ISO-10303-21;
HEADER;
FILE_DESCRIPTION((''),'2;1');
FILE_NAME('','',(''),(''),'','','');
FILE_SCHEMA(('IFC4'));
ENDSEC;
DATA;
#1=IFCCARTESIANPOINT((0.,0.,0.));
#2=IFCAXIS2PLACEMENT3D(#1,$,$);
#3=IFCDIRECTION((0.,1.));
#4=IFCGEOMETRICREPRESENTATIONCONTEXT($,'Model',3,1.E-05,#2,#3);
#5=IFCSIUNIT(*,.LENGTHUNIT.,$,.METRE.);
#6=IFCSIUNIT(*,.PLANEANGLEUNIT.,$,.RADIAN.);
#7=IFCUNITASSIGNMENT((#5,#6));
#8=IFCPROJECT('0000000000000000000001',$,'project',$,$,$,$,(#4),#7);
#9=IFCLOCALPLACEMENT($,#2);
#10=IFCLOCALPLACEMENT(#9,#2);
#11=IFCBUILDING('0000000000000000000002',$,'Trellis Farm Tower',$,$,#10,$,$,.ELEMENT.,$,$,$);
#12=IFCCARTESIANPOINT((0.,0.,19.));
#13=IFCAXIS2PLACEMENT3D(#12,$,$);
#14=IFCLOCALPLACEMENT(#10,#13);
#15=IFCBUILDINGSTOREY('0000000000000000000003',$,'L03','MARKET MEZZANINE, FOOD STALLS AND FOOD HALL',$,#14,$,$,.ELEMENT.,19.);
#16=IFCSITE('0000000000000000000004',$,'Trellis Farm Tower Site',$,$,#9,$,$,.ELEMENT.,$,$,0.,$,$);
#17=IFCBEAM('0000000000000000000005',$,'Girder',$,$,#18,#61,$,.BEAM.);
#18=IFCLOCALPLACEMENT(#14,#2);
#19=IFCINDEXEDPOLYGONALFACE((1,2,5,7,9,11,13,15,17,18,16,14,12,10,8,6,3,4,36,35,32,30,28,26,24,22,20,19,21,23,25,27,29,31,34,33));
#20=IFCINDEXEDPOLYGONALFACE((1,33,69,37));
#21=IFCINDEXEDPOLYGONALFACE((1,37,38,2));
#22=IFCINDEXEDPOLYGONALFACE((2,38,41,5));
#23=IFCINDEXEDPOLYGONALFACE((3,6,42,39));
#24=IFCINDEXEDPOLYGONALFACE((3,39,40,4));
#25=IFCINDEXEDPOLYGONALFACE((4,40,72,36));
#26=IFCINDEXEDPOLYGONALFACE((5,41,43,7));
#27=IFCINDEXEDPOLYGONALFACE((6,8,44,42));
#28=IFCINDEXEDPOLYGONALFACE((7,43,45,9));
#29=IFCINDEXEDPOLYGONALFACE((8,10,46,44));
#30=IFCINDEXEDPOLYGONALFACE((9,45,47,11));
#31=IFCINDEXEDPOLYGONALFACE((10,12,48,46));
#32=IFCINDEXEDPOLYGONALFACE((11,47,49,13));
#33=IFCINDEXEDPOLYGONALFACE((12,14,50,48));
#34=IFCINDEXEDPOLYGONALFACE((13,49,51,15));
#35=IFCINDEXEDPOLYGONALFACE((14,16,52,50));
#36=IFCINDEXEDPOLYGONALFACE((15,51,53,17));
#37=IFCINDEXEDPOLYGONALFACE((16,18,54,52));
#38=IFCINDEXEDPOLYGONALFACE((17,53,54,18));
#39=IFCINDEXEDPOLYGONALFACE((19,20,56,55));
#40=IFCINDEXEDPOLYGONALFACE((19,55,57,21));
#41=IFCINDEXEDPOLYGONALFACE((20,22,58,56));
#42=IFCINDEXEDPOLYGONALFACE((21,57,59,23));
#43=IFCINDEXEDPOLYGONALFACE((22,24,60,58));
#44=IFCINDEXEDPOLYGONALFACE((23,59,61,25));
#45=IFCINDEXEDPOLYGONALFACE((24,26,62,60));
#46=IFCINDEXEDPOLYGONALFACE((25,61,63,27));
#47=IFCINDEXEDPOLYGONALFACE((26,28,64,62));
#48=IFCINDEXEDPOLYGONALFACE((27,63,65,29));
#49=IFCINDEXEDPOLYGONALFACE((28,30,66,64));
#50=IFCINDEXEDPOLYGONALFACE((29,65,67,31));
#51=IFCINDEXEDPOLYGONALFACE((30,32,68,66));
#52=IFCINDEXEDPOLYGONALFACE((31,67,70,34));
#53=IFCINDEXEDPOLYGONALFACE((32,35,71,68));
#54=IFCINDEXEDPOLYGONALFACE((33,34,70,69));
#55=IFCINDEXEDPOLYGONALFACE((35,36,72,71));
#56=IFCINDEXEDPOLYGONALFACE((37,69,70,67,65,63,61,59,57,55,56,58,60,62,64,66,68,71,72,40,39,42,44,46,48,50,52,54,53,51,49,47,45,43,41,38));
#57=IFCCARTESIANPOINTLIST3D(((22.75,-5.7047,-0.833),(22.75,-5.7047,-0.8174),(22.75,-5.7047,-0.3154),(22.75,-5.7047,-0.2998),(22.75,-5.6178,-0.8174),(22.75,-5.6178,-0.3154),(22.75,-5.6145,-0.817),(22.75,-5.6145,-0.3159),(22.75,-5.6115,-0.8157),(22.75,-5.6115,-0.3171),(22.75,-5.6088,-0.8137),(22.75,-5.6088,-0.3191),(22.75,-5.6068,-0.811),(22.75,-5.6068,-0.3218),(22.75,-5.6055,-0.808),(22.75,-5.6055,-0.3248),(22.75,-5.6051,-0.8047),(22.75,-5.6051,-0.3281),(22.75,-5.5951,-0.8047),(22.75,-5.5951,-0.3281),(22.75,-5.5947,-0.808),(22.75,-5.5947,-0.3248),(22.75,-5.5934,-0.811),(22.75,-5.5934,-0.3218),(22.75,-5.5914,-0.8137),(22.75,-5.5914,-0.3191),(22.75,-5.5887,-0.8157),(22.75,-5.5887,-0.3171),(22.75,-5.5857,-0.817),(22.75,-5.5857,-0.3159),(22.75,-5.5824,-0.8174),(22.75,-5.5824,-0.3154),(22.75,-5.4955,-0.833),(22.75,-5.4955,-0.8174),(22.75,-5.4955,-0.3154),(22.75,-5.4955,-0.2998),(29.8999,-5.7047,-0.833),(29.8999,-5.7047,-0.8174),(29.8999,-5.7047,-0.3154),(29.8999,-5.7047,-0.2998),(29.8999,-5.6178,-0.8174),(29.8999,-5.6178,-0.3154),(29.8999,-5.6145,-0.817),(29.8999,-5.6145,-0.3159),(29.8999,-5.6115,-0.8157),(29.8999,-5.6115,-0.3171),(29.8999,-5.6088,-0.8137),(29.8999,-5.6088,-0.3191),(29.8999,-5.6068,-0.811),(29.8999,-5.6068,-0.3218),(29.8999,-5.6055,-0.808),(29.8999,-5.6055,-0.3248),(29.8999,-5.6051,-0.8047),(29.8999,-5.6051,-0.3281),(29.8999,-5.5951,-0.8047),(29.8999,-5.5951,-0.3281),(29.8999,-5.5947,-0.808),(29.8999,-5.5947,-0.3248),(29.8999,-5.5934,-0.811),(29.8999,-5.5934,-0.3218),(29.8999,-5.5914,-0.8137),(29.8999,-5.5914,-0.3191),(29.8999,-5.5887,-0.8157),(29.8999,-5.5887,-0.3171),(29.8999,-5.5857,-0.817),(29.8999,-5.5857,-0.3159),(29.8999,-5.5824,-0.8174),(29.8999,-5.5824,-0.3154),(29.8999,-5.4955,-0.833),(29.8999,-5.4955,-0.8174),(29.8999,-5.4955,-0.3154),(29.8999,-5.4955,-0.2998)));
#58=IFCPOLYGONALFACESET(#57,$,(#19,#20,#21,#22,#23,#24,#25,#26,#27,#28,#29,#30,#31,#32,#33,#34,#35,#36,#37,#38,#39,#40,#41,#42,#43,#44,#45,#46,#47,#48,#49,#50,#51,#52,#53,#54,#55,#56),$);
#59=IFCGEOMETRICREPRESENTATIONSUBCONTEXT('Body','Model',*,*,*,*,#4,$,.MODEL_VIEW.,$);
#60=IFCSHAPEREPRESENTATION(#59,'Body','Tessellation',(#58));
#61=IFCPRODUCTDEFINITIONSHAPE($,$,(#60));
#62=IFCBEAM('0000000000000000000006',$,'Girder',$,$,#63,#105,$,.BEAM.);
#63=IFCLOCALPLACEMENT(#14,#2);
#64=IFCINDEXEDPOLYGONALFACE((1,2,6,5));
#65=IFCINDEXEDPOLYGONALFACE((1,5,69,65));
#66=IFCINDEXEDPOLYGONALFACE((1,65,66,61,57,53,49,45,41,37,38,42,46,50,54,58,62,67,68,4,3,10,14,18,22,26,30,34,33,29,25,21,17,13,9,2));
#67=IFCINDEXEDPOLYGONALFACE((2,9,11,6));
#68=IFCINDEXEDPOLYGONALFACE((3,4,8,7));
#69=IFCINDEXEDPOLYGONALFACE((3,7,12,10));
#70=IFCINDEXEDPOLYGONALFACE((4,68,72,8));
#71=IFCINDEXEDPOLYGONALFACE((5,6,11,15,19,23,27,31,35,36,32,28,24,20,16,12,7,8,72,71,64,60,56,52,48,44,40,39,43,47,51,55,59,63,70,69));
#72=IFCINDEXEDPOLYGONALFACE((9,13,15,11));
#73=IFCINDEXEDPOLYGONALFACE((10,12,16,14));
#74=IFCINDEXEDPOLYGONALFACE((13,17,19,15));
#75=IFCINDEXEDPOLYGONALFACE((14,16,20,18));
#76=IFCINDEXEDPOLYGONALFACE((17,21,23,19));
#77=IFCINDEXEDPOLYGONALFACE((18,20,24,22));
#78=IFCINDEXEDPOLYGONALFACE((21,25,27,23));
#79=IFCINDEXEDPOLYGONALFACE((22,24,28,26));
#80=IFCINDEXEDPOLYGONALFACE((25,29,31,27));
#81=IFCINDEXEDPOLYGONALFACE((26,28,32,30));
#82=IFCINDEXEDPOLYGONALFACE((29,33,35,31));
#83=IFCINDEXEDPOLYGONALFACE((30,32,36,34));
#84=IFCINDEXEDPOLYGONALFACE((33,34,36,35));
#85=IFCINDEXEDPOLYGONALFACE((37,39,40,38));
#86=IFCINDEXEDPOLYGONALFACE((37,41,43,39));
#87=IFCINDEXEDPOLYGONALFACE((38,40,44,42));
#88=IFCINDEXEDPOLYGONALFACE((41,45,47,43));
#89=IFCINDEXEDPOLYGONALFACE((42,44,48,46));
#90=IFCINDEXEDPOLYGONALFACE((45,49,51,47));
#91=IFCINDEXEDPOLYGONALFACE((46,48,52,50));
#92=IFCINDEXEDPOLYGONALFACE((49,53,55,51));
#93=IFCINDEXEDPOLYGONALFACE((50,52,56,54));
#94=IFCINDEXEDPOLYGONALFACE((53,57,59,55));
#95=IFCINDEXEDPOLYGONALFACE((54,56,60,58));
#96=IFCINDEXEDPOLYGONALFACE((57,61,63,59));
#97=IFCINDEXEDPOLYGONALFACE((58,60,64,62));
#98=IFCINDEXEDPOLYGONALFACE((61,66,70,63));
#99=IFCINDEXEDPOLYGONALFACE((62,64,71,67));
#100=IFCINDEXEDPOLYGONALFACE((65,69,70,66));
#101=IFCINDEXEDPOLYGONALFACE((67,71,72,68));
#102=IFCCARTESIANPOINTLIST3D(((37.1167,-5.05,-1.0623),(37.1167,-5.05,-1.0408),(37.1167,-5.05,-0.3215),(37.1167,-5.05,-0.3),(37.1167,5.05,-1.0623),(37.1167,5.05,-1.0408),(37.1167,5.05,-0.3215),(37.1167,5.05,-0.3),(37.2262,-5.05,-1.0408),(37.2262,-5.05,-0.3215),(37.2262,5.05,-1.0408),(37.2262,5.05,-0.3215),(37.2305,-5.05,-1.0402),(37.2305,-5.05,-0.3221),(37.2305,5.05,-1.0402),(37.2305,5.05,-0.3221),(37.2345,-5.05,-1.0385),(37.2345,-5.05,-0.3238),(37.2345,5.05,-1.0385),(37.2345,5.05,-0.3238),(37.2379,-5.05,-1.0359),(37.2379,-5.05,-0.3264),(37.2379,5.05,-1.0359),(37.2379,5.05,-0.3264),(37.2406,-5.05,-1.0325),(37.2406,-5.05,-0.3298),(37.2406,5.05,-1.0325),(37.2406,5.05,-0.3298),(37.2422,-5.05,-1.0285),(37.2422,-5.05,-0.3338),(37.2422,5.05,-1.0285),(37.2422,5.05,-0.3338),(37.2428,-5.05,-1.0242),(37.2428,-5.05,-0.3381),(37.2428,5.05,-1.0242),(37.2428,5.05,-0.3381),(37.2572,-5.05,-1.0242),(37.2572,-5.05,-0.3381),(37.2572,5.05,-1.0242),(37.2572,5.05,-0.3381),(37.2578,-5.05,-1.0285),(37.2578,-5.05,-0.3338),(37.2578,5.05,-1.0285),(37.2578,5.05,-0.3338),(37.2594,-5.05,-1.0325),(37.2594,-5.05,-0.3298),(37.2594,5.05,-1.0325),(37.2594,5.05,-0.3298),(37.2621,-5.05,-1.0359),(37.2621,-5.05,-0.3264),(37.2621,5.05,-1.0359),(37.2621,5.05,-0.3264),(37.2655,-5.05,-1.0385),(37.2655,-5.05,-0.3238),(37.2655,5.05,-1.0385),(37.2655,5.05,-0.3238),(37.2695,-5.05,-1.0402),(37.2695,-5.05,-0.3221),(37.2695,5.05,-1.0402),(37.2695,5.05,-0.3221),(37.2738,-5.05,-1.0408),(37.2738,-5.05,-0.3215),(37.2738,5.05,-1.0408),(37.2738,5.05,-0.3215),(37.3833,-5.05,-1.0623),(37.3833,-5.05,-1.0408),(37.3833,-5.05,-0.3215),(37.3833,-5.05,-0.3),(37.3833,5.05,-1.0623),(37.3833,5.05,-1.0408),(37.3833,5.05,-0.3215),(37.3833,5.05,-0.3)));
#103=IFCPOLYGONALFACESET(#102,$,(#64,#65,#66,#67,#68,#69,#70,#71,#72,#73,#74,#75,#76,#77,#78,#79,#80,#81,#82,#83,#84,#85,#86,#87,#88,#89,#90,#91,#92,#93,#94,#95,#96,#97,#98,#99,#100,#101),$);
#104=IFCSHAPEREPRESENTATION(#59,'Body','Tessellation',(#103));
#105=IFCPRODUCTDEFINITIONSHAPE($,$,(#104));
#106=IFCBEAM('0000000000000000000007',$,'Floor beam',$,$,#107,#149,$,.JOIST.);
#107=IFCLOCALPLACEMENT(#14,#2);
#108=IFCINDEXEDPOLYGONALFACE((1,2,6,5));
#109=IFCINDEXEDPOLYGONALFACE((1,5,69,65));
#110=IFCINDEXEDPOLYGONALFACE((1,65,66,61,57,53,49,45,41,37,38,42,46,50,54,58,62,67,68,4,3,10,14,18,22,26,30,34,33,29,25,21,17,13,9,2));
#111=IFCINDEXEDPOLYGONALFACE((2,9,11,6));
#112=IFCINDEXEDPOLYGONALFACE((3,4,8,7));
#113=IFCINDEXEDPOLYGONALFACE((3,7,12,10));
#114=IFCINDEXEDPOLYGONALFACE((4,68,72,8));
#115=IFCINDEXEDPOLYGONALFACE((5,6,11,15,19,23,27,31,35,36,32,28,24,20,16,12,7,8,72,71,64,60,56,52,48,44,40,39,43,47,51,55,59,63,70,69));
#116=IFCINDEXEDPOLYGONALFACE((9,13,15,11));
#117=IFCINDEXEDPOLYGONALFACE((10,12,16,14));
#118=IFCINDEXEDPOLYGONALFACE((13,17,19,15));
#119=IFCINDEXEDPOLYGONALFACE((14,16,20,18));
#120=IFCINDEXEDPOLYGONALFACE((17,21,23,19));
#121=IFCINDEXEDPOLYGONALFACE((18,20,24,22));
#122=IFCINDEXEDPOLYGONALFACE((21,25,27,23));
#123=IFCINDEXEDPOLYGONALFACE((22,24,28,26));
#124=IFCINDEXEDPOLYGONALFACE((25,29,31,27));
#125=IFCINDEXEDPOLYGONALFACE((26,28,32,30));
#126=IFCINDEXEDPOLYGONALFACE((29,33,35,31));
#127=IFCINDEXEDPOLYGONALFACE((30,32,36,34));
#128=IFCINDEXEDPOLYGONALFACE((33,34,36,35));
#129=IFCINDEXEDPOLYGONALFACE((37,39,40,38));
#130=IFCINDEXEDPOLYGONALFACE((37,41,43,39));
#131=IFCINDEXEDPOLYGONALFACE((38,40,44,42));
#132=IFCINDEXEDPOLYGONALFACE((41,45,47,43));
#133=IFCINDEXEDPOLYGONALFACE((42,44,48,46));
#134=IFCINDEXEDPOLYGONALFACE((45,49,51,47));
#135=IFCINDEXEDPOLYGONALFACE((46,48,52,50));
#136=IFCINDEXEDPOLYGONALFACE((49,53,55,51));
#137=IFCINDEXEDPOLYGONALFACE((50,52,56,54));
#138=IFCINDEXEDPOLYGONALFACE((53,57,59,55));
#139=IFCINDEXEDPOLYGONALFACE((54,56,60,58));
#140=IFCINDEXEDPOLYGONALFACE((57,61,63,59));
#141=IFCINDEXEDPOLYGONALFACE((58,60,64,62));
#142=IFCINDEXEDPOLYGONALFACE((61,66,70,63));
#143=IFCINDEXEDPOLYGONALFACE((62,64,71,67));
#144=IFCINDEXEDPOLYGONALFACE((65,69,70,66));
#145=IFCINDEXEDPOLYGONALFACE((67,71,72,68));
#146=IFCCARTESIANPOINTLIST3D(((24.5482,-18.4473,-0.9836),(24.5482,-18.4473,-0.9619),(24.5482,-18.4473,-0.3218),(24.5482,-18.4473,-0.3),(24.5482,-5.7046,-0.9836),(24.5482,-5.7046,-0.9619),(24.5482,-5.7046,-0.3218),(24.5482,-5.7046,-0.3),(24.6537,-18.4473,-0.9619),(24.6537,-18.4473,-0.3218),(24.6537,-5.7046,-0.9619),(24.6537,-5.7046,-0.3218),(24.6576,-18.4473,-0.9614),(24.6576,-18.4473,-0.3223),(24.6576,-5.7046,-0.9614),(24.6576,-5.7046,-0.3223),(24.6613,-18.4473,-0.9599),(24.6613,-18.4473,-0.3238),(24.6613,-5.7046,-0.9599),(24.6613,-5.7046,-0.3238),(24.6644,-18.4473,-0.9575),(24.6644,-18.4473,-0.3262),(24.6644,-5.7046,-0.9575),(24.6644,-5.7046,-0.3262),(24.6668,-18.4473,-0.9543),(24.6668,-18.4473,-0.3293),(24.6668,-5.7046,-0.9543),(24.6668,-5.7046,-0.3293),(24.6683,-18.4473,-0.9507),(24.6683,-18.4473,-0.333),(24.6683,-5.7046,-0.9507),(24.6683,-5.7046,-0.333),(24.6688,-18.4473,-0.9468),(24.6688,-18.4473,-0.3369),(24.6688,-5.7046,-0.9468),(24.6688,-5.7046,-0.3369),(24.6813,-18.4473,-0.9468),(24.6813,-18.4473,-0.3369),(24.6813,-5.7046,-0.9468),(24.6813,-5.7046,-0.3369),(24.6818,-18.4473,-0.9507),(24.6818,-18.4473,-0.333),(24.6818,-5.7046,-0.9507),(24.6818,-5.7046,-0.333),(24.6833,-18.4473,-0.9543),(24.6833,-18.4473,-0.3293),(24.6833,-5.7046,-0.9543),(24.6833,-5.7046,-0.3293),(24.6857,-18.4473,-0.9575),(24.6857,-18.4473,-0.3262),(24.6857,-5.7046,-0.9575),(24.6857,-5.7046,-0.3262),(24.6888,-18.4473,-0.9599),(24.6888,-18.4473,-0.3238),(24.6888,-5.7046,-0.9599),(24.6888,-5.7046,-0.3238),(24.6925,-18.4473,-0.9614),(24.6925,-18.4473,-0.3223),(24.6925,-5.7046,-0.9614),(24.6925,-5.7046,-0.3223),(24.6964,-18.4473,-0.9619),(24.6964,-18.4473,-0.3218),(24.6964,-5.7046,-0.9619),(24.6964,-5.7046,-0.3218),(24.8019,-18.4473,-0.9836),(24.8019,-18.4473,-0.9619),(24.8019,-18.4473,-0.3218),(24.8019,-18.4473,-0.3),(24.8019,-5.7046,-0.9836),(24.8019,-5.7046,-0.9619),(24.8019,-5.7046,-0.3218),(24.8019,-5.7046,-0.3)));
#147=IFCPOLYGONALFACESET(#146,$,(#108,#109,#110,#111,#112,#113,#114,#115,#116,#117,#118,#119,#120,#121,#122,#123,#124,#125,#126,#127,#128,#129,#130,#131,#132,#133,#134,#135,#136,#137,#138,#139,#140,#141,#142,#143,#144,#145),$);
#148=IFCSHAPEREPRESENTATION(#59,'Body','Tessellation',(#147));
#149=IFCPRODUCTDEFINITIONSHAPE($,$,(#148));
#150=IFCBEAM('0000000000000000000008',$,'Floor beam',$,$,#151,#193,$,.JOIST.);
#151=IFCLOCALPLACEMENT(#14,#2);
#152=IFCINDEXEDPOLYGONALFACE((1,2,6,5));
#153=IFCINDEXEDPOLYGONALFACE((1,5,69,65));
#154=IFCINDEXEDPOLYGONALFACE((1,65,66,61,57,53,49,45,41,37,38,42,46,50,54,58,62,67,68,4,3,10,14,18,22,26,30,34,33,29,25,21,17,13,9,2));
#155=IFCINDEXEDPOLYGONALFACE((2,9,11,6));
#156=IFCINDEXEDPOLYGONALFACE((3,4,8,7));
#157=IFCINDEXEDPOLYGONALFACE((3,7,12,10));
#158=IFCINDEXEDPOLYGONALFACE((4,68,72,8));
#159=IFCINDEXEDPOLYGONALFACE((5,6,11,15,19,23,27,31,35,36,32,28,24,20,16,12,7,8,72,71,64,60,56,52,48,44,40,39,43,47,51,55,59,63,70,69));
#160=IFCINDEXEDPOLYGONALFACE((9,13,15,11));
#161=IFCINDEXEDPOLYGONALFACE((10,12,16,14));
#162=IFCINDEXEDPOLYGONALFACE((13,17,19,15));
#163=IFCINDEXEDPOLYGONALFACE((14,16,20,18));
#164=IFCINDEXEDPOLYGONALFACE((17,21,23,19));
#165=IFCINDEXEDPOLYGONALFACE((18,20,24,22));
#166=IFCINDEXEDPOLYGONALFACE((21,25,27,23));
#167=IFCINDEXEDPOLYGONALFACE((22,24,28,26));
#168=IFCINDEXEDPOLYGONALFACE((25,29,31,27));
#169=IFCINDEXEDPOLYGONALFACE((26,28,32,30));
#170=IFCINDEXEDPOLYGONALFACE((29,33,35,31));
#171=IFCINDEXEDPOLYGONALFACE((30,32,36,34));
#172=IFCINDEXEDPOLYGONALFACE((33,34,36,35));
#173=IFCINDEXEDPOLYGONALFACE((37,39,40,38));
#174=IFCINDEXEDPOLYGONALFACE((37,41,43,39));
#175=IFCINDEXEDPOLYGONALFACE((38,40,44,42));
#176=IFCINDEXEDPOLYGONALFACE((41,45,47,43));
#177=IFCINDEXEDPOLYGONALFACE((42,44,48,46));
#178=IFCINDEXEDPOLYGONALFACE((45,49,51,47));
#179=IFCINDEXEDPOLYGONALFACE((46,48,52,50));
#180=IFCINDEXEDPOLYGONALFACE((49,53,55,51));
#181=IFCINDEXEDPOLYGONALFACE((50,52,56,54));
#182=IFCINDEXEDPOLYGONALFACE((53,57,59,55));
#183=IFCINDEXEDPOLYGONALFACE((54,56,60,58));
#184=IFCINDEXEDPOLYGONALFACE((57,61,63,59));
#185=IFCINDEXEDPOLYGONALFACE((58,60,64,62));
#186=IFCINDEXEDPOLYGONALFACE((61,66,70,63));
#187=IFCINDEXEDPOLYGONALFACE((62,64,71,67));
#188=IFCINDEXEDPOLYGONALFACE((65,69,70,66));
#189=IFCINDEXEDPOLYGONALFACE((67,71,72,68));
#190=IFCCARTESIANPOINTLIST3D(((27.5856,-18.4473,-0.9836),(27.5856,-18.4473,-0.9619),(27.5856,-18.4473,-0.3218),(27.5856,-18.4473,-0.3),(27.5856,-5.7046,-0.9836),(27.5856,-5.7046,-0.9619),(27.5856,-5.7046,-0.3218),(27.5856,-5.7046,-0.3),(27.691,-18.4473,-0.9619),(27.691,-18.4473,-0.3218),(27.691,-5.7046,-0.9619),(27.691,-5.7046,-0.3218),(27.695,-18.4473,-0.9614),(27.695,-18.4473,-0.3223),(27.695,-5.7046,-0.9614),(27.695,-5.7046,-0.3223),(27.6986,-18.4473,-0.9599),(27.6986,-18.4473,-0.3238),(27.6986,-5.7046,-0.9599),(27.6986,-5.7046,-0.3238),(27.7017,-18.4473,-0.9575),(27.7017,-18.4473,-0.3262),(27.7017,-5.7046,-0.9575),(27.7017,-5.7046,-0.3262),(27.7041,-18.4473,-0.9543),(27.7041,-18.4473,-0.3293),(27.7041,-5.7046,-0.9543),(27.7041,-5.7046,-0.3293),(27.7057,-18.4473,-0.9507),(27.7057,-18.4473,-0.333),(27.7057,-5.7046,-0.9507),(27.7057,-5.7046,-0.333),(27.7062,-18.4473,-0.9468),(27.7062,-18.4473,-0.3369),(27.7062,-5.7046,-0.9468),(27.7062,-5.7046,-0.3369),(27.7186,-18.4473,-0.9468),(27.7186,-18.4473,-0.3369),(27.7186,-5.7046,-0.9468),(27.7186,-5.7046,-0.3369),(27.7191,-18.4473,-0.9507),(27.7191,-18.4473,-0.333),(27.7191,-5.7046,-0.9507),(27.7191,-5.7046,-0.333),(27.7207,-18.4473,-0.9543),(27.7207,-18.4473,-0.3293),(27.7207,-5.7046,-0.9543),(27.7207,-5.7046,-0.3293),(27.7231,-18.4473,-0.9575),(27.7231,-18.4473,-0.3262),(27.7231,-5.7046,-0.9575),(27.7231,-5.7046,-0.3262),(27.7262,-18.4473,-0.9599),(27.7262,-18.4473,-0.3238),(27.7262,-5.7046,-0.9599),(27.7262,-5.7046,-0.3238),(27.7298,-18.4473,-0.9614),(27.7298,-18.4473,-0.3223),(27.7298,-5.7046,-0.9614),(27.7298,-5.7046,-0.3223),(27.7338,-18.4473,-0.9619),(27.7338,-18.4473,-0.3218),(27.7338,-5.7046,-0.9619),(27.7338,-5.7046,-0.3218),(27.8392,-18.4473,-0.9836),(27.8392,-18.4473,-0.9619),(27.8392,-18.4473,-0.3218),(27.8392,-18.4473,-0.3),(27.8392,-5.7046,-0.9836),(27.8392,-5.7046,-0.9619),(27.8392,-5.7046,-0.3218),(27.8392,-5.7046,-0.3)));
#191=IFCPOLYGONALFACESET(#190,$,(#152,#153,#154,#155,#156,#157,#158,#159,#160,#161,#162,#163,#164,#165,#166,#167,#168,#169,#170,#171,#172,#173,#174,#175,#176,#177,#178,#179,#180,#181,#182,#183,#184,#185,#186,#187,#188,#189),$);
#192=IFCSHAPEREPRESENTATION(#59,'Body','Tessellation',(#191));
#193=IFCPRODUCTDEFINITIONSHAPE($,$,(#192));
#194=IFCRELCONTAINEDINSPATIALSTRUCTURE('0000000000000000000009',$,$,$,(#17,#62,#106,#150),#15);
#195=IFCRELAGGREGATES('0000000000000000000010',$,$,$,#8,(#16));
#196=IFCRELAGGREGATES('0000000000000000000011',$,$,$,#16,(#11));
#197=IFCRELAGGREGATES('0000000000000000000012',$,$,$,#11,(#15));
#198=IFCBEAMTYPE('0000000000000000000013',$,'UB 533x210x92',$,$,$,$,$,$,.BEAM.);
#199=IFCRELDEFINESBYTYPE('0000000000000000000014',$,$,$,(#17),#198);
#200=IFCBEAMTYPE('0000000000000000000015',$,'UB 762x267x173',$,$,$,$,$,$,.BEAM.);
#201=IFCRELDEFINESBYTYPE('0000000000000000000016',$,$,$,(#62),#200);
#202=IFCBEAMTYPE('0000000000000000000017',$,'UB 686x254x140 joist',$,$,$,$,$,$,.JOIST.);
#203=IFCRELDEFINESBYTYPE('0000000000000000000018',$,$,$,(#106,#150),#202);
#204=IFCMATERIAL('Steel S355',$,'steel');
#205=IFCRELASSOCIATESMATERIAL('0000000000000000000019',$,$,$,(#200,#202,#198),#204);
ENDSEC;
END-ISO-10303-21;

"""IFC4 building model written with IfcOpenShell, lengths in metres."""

from ifc_helpers import new_model, si_unit, direction, frame, origin, origin_2d, place, context, subcontext, project, spatial, i_section, extrude, source, transform, mapped, material, material_profile, profile_set, type_object, element, save


model = new_model("IFC4")

# Units and contexts
model_context = context("Model", 3, precision=1e-05, world=origin(), true_north=direction((0.0, 1.0)))
body_context = subcontext(model_context, "Body", "Model", "MODEL_VIEW")
ifc_project = project(units=[si_unit("LENGTHUNIT", "METRE"), si_unit("PLANEANGLEUNIT", "RADIAN")], contexts=[model_context])

# Site, building, storey
site_placement = place(None, origin())
site = spatial("IfcSite", under=ifc_project, at=site_placement, Name="Trellis Farm Tower Site", CompositionType="ELEMENT", RefElevation=0.0)
building_placement = place(site_placement, origin())
building = spatial("IfcBuilding", under=site, at=building_placement, Name="Trellis Farm Tower", CompositionType="ELEMENT")
storey_placement = place(building_placement, frame((0.0, 0.0, 19.0)))
storey = spatial("IfcBuildingStorey", under=building, at=storey_placement, Name="L03", Description="MARKET MEZZANINE, FOOD STALLS AND FOOD HALL", CompositionType="ELEMENT", Elevation=19.0)

# Beams
ifc_material_1 = material(Name="Steel S355", Category="steel")
ifc_material_profile_1 = material_profile(ifc_material_1, i_section(OverallWidth=0.2666, OverallDepth=0.7622, WebThickness=0.0144, FlangeThickness=0.0215, FilletRadius=0.0166, at=origin_2d()), Name="UB 762x267x173")
ifc_profile_set_1 = profile_set([ifc_material_profile_1], Name="Steel S355")
beam_type_1 = type_object("IfcBeamType", Name="UB 762x267x173", PredefinedType="BEAM", material=ifc_profile_set_1)
ifc_material_profile_2 = material_profile(ifc_material_1, i_section(OverallWidth=0.2537, OverallDepth=0.6836, WebThickness=0.0125, FlangeThickness=0.0217, FilletRadius=0.0151, at=origin_2d()), Name="UB 686x254x140")
ifc_profile_set_2 = profile_set([ifc_material_profile_2], Name="Steel S355")
beam_type_2 = type_object("IfcBeamType", Name="UB 686x254x140 joist", PredefinedType="JOIST", material=ifc_profile_set_2)
ifc_material_profile_3 = material_profile(ifc_material_1, i_section(OverallWidth=0.2092, OverallDepth=0.5332, WebThickness=0.01, FlangeThickness=0.0156, FilletRadius=0.0127, at=origin_2d()), Name="UB 533x210x92")
ifc_profile_set_3 = profile_set([ifc_material_profile_3], Name="Steel S355")
beam_type_3 = type_object("IfcBeamType", Name="UB 533x210x92", PredefinedType="BEAM", material=ifc_profile_set_3)
shared_shape_1 = source(origin(), body_context, "Body", "SweptSolid", [
    extrude(i_section(OverallWidth=0.2092, OverallDepth=0.5332, WebThickness=0.01, FlangeThickness=0.0156, FilletRadius=0.0127, at=origin_2d()), origin(), (0.0, 0.0, 1.0), 7.1499),
])
beam_1_placement = place(storey_placement, frame((22.75, -5.6001, -0.5664), z_axis=(1.0, 0.0, 0.0), x_axis=(0.0, 1.0, 0.0)))
element("IfcBeam", 1, at=beam_1_placement, inside=storey, type_object=beam_type_3, Name="Girder", PredefinedType="BEAM", context=body_context, shape_type="MappedRepresentation", body=[
    mapped(shared_shape_1, transform((0.0, 0.0, 0.0))),
])
shared_shape_2 = source(origin(), body_context, "Body", "SweptSolid", [
    extrude(i_section(OverallWidth=0.2666, OverallDepth=0.7622, WebThickness=0.0144, FlangeThickness=0.0215, FilletRadius=0.0166, at=origin_2d()), origin(), (0.0, 0.0, 1.0), 10.1001),
])
beam_2_placement = place(storey_placement, frame((37.25, -5.05, -0.6812), z_axis=(0.0, 1.0, 0.0), x_axis=(-1.0, 0.0, 0.0)))
element("IfcBeam", 2, at=beam_2_placement, inside=storey, type_object=beam_type_1, Name="Girder", PredefinedType="BEAM", context=body_context, shape_type="MappedRepresentation", body=[
    mapped(shared_shape_2, transform((0.0, 0.0, 0.0))),
])
shared_shape_3 = source(origin(), body_context, "Body", "SweptSolid", [
    extrude(i_section(OverallWidth=0.2537, OverallDepth=0.6836, WebThickness=0.0125, FlangeThickness=0.0217, FilletRadius=0.0151, at=origin_2d()), origin(), (0.0, 0.0, 1.0), 12.7427),
])
for number, where, z_axis, x_axis, name in (
    (3, (24.675, -18.4473, -0.6418), (0.0, 1.0, 0.0), (-1.0, 0.0, 0.0), "Floor beam"),
    (4, (27.7124, -18.4473, -0.6418), (0.0, 1.0, 0.0), (-1.0, 0.0, 0.0), "Floor beam"),
):
    element("IfcBeam", number, at=place(storey_placement, frame(where, z_axis=z_axis, x_axis=x_axis)), inside=storey, type_object=beam_type_2, Name=name, PredefinedType="JOIST", context=body_context, shape_type="MappedRepresentation", body=[
        mapped(shared_shape_3, transform((0.0, 0.0, 0.0))),
    ])

save(model, "model.ifc")
